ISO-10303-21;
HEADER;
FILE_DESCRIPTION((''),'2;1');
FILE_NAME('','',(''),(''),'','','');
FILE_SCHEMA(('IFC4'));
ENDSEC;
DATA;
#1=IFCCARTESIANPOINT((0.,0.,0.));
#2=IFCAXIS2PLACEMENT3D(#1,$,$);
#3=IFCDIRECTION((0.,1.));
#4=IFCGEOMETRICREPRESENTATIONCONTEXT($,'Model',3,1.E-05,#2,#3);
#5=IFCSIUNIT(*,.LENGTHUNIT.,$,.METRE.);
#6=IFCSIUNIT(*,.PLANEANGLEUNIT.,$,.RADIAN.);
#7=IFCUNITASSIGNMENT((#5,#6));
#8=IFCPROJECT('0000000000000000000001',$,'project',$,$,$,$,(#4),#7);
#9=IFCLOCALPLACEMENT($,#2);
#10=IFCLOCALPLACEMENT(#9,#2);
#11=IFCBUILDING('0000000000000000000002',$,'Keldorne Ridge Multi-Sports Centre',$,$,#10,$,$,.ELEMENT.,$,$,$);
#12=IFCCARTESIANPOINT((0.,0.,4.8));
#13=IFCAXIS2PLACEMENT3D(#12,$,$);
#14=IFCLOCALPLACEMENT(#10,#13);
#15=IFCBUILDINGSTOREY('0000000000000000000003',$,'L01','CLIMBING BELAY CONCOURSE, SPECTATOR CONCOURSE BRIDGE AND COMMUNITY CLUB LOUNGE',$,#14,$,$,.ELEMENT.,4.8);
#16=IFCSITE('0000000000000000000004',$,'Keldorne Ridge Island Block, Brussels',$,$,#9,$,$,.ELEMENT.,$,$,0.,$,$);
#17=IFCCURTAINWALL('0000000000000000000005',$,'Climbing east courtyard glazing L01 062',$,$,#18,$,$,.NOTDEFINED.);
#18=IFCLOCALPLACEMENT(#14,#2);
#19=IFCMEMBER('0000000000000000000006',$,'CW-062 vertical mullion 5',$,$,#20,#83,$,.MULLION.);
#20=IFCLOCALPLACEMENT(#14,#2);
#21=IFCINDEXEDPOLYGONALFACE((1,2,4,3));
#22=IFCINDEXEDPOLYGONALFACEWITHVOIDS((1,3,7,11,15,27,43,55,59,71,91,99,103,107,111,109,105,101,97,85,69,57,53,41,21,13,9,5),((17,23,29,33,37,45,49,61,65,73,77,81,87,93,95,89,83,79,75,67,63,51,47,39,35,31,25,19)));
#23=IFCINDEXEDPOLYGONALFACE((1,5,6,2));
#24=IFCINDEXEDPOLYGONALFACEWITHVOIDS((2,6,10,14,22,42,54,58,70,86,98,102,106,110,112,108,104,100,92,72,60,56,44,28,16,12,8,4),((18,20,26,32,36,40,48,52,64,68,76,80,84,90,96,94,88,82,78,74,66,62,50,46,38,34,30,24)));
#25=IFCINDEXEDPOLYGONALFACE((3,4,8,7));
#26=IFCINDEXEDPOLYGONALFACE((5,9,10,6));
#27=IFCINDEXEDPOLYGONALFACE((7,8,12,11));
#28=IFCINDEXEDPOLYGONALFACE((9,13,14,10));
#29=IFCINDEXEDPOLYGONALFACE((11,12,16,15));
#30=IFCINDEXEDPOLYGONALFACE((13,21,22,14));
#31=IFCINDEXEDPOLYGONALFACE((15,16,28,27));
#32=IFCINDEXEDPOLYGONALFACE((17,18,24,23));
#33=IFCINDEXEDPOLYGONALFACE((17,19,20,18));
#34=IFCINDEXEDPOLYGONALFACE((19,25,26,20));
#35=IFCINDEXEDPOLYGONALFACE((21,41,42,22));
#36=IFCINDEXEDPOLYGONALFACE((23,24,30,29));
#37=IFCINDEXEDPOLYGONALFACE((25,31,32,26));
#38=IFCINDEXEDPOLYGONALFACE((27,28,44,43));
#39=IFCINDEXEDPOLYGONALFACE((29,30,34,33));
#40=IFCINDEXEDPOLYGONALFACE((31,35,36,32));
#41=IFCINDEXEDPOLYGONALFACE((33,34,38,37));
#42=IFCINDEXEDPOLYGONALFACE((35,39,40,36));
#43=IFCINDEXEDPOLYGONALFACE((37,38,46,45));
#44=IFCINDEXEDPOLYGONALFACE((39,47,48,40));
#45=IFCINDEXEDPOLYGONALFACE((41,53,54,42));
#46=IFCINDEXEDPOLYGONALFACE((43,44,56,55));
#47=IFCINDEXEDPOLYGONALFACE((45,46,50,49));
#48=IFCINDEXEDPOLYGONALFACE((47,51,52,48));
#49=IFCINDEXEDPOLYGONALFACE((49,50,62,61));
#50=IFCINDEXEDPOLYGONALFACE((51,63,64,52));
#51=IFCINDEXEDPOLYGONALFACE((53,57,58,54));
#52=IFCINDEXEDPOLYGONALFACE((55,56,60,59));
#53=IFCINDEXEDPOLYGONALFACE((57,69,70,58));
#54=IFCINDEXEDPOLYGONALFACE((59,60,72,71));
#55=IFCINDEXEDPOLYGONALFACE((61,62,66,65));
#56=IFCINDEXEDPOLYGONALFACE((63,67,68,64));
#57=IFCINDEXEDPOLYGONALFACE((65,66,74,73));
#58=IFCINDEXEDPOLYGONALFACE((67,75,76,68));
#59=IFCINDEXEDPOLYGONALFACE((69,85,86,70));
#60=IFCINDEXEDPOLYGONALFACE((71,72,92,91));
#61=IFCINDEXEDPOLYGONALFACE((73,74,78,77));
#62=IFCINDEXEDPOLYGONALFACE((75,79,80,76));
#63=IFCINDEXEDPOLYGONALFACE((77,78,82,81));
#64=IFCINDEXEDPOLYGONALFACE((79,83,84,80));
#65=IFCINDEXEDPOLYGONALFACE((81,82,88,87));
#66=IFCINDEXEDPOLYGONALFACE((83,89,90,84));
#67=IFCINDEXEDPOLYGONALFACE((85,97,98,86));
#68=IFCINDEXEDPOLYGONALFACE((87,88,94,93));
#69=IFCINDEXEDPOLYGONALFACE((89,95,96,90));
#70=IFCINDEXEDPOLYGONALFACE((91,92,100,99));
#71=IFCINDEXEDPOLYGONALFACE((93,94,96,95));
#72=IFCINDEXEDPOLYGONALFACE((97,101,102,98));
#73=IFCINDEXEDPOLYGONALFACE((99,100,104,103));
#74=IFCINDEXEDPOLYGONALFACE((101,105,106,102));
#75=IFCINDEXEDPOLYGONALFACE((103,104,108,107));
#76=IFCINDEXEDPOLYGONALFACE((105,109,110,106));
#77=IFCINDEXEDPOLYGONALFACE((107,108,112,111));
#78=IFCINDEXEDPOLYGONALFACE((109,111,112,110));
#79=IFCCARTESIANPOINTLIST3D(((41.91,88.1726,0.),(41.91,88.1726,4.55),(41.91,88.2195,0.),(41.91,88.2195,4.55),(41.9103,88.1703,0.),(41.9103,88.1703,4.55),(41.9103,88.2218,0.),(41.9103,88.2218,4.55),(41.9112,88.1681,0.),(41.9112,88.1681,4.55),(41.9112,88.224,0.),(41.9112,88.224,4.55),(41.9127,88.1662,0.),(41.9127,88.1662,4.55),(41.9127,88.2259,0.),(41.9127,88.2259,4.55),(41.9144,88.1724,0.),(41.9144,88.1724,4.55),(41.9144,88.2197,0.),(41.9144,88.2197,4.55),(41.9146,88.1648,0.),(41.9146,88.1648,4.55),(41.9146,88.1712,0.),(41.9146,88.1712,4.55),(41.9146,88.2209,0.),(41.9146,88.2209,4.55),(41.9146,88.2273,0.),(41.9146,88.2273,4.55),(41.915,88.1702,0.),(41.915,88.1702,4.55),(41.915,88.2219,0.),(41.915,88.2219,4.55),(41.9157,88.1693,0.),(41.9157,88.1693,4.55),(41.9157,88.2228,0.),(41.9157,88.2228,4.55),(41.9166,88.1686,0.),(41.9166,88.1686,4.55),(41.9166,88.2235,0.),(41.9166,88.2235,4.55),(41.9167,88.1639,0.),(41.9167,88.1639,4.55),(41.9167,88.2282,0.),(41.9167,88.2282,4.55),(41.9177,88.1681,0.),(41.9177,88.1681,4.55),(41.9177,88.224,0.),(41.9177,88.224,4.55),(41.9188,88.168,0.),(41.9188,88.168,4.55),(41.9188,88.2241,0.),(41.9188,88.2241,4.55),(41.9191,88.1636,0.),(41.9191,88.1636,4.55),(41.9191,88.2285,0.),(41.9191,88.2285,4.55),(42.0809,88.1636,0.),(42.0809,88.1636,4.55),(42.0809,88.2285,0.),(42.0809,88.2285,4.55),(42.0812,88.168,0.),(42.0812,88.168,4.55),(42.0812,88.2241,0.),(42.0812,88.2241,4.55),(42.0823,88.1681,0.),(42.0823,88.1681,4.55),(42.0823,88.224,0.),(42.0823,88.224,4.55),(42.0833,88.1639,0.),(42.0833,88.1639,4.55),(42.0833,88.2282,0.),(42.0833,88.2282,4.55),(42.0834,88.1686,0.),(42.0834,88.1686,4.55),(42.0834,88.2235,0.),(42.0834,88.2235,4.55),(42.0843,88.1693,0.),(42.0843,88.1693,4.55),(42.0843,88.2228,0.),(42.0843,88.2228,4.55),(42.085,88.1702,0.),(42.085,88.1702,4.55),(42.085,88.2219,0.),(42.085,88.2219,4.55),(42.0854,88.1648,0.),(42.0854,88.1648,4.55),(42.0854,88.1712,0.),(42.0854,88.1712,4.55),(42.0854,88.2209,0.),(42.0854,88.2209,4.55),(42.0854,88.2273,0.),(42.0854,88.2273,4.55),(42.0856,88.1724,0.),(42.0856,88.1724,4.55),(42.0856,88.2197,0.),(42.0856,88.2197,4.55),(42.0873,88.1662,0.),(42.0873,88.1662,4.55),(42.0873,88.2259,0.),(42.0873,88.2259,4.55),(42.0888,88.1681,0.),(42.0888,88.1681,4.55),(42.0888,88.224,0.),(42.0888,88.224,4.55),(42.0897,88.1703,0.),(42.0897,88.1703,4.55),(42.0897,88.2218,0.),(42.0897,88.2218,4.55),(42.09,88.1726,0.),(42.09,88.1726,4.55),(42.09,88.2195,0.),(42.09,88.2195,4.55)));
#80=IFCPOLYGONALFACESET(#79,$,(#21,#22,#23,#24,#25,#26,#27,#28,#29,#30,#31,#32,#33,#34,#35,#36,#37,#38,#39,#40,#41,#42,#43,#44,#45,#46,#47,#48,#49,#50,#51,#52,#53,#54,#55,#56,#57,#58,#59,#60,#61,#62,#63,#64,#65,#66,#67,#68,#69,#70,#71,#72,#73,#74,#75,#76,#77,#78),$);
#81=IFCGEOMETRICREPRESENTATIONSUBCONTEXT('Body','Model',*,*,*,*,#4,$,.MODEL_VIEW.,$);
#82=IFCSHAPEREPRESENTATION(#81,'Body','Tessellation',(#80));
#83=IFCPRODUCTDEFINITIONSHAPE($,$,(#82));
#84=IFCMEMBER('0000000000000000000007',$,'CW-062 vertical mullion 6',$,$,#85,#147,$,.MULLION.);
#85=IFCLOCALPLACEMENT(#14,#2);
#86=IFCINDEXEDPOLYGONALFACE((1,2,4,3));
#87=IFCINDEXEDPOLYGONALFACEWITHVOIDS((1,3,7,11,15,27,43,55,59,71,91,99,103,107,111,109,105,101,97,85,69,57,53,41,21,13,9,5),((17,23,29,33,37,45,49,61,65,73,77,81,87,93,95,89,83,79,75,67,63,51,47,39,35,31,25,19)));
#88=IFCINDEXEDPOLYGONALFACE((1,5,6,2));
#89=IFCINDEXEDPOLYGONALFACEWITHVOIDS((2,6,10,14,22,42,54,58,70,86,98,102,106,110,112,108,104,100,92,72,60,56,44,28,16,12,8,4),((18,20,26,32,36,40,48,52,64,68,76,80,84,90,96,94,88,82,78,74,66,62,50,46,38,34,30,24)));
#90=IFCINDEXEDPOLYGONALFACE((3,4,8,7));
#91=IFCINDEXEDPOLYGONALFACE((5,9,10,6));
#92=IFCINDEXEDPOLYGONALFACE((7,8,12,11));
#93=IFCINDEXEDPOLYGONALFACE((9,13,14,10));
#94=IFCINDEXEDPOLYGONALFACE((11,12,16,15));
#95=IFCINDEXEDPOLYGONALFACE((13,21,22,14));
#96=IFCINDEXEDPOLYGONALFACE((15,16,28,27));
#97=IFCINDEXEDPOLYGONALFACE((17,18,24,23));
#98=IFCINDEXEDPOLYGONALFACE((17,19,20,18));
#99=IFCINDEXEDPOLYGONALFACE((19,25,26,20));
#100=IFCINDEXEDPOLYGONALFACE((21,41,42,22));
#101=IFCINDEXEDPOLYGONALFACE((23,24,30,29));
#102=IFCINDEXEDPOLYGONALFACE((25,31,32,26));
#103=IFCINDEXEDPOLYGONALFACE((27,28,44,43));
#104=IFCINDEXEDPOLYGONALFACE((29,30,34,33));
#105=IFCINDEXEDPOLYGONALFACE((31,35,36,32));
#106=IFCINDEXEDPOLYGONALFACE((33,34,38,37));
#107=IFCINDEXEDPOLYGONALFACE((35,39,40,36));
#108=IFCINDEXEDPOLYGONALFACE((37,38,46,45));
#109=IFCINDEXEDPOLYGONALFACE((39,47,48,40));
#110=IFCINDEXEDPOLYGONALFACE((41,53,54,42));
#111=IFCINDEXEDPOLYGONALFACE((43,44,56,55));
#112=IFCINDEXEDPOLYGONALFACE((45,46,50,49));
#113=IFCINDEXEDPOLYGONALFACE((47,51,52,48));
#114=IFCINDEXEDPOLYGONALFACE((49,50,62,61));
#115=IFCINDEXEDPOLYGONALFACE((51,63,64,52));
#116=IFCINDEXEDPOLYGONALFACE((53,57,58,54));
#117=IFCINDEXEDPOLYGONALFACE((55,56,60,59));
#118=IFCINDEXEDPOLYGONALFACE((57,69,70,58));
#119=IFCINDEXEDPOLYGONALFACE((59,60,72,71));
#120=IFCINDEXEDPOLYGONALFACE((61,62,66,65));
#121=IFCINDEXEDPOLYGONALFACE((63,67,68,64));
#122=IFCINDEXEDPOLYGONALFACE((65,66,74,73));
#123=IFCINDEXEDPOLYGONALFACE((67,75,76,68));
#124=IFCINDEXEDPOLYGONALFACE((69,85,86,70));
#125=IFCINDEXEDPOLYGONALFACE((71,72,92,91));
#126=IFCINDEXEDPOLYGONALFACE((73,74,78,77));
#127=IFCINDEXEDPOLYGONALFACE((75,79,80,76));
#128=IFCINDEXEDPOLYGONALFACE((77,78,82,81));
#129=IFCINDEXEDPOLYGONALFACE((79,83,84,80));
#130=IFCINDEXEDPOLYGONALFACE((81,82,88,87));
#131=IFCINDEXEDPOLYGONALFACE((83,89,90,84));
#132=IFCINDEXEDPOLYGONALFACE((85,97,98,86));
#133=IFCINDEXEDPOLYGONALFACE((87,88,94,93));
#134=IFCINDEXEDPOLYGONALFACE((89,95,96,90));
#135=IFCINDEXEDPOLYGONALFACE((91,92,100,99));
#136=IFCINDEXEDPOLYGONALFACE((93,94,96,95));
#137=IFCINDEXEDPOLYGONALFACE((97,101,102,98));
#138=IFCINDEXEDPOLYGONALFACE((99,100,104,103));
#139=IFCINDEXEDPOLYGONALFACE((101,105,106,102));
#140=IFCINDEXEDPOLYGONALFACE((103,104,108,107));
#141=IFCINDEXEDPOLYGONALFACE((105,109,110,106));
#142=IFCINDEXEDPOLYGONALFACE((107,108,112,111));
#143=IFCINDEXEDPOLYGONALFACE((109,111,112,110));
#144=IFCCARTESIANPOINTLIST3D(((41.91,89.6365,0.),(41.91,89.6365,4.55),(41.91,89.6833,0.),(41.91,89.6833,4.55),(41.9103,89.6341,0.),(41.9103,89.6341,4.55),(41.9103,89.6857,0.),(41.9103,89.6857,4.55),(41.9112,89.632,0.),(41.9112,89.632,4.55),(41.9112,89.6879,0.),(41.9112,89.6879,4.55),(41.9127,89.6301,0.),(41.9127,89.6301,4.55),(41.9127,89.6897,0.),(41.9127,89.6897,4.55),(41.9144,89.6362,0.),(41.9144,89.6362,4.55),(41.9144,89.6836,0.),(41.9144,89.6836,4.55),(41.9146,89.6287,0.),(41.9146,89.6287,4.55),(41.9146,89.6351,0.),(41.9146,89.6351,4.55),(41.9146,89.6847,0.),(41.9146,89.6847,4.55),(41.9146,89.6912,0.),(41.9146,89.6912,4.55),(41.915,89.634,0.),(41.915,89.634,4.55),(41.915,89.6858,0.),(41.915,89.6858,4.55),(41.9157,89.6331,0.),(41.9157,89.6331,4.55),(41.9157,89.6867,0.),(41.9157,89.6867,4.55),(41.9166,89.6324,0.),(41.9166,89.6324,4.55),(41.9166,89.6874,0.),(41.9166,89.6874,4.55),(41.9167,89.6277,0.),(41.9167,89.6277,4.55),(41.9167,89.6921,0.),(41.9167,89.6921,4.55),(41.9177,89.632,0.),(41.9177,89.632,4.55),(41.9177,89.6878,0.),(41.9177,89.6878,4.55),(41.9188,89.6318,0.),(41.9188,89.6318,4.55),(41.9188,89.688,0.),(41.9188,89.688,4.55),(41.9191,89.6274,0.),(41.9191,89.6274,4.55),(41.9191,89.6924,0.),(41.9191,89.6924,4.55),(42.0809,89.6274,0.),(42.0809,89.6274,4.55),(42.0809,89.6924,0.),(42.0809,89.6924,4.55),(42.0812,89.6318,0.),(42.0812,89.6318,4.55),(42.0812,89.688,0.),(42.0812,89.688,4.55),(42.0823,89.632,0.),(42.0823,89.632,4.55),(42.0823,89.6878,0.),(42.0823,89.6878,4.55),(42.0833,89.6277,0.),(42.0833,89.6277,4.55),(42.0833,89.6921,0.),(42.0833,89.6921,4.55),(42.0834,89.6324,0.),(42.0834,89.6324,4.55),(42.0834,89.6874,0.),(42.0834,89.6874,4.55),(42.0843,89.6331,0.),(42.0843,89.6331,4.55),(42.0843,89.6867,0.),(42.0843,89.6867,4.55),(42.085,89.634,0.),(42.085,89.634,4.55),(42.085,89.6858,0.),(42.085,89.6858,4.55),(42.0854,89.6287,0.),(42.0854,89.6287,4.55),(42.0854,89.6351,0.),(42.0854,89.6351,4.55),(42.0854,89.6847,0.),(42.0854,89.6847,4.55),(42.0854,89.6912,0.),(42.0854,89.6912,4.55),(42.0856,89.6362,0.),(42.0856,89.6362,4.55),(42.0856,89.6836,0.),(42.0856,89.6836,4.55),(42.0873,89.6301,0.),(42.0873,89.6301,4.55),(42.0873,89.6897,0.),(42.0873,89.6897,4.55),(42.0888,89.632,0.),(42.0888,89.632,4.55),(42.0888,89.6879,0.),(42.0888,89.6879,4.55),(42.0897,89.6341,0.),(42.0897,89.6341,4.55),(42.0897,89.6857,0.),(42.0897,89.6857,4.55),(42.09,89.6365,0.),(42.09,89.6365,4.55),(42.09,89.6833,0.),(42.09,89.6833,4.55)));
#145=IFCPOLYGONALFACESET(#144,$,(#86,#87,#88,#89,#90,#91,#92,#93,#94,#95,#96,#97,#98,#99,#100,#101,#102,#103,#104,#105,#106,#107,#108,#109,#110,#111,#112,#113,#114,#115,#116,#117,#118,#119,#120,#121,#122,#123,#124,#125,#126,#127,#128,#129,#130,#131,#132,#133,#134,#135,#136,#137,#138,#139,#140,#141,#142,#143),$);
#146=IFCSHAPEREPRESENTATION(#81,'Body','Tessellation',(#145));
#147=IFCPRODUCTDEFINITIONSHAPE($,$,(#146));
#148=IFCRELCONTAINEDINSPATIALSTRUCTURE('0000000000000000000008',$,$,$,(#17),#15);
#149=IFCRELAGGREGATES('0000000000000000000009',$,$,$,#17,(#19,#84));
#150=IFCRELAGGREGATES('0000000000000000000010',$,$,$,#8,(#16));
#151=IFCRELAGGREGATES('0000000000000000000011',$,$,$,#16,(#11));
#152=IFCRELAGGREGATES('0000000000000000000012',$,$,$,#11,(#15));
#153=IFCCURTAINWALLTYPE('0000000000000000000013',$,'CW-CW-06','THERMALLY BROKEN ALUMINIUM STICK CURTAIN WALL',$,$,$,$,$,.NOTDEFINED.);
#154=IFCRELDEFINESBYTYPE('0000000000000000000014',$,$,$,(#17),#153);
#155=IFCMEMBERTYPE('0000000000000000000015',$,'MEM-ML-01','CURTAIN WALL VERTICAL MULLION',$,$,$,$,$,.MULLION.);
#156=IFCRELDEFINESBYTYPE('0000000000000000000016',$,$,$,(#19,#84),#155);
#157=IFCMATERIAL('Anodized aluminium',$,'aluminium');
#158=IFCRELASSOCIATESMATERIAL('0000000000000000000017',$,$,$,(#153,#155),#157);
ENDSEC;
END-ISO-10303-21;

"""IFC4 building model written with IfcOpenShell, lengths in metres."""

from ifc_helpers import new_model, si_unit, direction, frame, origin, origin_2d, place, context, subcontext, project, spatial, hollow_rectangle, extrude, material, material_profile, profile_set, type_object, element, aggregate, save


model = new_model("IFC4")

# Units and contexts
model_context = context("Model", 3, precision=1e-05, world=origin(), true_north=direction((0.0, 1.0)))
body_context = subcontext(model_context, "Body", "Model", "MODEL_VIEW")
ifc_project = project(units=[si_unit("LENGTHUNIT", "METRE"), si_unit("PLANEANGLEUNIT", "RADIAN")], contexts=[model_context])

# Site, building, storey
site_placement = place(None, origin())
site = spatial("IfcSite", under=ifc_project, at=site_placement, Name="Keldorne Ridge Island Block, Brussels", CompositionType="ELEMENT", RefElevation=0.0)
building_placement = place(site_placement, origin())
building = spatial("IfcBuilding", under=site, at=building_placement, Name="Keldorne Ridge Multi-Sports Centre", CompositionType="ELEMENT")
storey_placement = place(building_placement, frame((0.0, 0.0, 4.8)))
storey = spatial("IfcBuildingStorey", under=building, at=storey_placement, Name="L01", Description="CLIMBING BELAY CONCOURSE, SPECTATOR CONCOURSE BRIDGE AND COMMUNITY CLUB LOUNGE", CompositionType="ELEMENT", Elevation=4.8)

# Curtain wall, members
ifc_material_1 = material(Name="Anodized aluminium", Category="aluminium")
curtain_wall_type_1 = type_object("IfcCurtainWallType", Name="CW-CW-06", Description="THERMALLY BROKEN ALUMINIUM STICK CURTAIN WALL", PredefinedType="NOTDEFINED", material=ifc_material_1)
curtain_wall_1_placement = place(storey_placement, origin())
curtain_wall_1 = element("IfcCurtainWall", 1, at=curtain_wall_1_placement, inside=storey, type_object=curtain_wall_type_1, Name="Climbing east courtyard glazing L01 062", PredefinedType="NOTDEFINED")
ifc_material_profile_1 = material_profile(ifc_material_1, hollow_rectangle(XDim=0.0649, YDim=0.1799, WallThickness=0.0044, InnerFilletRadius=0.0044, OuterFilletRadius=0.009, at=origin_2d()), Name="ALU MULLION 180x65x4.5")
ifc_profile_set_1 = profile_set([ifc_material_profile_1], Name="Anodized aluminium")
member_type_1 = type_object("IfcMemberType", Name="MEM-ML-01", Description="CURTAIN WALL VERTICAL MULLION", PredefinedType="MULLION", material=ifc_profile_set_1)
member_1_placement = place(storey_placement, frame((42.0, 88.196, 0.0), z_axis=(0.0, 0.0, 1.0), x_axis=(0.0, 1.0, 0.0)))
member_1 = element("IfcMember", 2, at=member_1_placement, type_object=member_type_1, Name="CW-062 vertical mullion 5", PredefinedType="MULLION", context=body_context, shape_type="SweptSolid", body=[
    extrude(hollow_rectangle(XDim=0.0649, YDim=0.1799, WallThickness=0.0044, InnerFilletRadius=0.0044, OuterFilletRadius=0.009, at=origin_2d()), origin(), (0.0, 0.0, 1.0), 4.55),
])
member_2_placement = place(storey_placement, frame((42.0, 89.6599, 0.0), z_axis=(0.0, 0.0, 1.0), x_axis=(0.0, 1.0, 0.0)))
member_2 = element("IfcMember", 3, at=member_2_placement, type_object=member_type_1, Name="CW-062 vertical mullion 6", PredefinedType="MULLION", context=body_context, shape_type="SweptSolid", body=[
    extrude(hollow_rectangle(XDim=0.0649, YDim=0.1799, WallThickness=0.0044, InnerFilletRadius=0.0044, OuterFilletRadius=0.009, at=origin_2d()), origin(), (0.0, 0.0, 1.0), 4.55),
])

aggregate(curtain_wall_1, [member_1, member_2])

save(model, "model.ifc")
